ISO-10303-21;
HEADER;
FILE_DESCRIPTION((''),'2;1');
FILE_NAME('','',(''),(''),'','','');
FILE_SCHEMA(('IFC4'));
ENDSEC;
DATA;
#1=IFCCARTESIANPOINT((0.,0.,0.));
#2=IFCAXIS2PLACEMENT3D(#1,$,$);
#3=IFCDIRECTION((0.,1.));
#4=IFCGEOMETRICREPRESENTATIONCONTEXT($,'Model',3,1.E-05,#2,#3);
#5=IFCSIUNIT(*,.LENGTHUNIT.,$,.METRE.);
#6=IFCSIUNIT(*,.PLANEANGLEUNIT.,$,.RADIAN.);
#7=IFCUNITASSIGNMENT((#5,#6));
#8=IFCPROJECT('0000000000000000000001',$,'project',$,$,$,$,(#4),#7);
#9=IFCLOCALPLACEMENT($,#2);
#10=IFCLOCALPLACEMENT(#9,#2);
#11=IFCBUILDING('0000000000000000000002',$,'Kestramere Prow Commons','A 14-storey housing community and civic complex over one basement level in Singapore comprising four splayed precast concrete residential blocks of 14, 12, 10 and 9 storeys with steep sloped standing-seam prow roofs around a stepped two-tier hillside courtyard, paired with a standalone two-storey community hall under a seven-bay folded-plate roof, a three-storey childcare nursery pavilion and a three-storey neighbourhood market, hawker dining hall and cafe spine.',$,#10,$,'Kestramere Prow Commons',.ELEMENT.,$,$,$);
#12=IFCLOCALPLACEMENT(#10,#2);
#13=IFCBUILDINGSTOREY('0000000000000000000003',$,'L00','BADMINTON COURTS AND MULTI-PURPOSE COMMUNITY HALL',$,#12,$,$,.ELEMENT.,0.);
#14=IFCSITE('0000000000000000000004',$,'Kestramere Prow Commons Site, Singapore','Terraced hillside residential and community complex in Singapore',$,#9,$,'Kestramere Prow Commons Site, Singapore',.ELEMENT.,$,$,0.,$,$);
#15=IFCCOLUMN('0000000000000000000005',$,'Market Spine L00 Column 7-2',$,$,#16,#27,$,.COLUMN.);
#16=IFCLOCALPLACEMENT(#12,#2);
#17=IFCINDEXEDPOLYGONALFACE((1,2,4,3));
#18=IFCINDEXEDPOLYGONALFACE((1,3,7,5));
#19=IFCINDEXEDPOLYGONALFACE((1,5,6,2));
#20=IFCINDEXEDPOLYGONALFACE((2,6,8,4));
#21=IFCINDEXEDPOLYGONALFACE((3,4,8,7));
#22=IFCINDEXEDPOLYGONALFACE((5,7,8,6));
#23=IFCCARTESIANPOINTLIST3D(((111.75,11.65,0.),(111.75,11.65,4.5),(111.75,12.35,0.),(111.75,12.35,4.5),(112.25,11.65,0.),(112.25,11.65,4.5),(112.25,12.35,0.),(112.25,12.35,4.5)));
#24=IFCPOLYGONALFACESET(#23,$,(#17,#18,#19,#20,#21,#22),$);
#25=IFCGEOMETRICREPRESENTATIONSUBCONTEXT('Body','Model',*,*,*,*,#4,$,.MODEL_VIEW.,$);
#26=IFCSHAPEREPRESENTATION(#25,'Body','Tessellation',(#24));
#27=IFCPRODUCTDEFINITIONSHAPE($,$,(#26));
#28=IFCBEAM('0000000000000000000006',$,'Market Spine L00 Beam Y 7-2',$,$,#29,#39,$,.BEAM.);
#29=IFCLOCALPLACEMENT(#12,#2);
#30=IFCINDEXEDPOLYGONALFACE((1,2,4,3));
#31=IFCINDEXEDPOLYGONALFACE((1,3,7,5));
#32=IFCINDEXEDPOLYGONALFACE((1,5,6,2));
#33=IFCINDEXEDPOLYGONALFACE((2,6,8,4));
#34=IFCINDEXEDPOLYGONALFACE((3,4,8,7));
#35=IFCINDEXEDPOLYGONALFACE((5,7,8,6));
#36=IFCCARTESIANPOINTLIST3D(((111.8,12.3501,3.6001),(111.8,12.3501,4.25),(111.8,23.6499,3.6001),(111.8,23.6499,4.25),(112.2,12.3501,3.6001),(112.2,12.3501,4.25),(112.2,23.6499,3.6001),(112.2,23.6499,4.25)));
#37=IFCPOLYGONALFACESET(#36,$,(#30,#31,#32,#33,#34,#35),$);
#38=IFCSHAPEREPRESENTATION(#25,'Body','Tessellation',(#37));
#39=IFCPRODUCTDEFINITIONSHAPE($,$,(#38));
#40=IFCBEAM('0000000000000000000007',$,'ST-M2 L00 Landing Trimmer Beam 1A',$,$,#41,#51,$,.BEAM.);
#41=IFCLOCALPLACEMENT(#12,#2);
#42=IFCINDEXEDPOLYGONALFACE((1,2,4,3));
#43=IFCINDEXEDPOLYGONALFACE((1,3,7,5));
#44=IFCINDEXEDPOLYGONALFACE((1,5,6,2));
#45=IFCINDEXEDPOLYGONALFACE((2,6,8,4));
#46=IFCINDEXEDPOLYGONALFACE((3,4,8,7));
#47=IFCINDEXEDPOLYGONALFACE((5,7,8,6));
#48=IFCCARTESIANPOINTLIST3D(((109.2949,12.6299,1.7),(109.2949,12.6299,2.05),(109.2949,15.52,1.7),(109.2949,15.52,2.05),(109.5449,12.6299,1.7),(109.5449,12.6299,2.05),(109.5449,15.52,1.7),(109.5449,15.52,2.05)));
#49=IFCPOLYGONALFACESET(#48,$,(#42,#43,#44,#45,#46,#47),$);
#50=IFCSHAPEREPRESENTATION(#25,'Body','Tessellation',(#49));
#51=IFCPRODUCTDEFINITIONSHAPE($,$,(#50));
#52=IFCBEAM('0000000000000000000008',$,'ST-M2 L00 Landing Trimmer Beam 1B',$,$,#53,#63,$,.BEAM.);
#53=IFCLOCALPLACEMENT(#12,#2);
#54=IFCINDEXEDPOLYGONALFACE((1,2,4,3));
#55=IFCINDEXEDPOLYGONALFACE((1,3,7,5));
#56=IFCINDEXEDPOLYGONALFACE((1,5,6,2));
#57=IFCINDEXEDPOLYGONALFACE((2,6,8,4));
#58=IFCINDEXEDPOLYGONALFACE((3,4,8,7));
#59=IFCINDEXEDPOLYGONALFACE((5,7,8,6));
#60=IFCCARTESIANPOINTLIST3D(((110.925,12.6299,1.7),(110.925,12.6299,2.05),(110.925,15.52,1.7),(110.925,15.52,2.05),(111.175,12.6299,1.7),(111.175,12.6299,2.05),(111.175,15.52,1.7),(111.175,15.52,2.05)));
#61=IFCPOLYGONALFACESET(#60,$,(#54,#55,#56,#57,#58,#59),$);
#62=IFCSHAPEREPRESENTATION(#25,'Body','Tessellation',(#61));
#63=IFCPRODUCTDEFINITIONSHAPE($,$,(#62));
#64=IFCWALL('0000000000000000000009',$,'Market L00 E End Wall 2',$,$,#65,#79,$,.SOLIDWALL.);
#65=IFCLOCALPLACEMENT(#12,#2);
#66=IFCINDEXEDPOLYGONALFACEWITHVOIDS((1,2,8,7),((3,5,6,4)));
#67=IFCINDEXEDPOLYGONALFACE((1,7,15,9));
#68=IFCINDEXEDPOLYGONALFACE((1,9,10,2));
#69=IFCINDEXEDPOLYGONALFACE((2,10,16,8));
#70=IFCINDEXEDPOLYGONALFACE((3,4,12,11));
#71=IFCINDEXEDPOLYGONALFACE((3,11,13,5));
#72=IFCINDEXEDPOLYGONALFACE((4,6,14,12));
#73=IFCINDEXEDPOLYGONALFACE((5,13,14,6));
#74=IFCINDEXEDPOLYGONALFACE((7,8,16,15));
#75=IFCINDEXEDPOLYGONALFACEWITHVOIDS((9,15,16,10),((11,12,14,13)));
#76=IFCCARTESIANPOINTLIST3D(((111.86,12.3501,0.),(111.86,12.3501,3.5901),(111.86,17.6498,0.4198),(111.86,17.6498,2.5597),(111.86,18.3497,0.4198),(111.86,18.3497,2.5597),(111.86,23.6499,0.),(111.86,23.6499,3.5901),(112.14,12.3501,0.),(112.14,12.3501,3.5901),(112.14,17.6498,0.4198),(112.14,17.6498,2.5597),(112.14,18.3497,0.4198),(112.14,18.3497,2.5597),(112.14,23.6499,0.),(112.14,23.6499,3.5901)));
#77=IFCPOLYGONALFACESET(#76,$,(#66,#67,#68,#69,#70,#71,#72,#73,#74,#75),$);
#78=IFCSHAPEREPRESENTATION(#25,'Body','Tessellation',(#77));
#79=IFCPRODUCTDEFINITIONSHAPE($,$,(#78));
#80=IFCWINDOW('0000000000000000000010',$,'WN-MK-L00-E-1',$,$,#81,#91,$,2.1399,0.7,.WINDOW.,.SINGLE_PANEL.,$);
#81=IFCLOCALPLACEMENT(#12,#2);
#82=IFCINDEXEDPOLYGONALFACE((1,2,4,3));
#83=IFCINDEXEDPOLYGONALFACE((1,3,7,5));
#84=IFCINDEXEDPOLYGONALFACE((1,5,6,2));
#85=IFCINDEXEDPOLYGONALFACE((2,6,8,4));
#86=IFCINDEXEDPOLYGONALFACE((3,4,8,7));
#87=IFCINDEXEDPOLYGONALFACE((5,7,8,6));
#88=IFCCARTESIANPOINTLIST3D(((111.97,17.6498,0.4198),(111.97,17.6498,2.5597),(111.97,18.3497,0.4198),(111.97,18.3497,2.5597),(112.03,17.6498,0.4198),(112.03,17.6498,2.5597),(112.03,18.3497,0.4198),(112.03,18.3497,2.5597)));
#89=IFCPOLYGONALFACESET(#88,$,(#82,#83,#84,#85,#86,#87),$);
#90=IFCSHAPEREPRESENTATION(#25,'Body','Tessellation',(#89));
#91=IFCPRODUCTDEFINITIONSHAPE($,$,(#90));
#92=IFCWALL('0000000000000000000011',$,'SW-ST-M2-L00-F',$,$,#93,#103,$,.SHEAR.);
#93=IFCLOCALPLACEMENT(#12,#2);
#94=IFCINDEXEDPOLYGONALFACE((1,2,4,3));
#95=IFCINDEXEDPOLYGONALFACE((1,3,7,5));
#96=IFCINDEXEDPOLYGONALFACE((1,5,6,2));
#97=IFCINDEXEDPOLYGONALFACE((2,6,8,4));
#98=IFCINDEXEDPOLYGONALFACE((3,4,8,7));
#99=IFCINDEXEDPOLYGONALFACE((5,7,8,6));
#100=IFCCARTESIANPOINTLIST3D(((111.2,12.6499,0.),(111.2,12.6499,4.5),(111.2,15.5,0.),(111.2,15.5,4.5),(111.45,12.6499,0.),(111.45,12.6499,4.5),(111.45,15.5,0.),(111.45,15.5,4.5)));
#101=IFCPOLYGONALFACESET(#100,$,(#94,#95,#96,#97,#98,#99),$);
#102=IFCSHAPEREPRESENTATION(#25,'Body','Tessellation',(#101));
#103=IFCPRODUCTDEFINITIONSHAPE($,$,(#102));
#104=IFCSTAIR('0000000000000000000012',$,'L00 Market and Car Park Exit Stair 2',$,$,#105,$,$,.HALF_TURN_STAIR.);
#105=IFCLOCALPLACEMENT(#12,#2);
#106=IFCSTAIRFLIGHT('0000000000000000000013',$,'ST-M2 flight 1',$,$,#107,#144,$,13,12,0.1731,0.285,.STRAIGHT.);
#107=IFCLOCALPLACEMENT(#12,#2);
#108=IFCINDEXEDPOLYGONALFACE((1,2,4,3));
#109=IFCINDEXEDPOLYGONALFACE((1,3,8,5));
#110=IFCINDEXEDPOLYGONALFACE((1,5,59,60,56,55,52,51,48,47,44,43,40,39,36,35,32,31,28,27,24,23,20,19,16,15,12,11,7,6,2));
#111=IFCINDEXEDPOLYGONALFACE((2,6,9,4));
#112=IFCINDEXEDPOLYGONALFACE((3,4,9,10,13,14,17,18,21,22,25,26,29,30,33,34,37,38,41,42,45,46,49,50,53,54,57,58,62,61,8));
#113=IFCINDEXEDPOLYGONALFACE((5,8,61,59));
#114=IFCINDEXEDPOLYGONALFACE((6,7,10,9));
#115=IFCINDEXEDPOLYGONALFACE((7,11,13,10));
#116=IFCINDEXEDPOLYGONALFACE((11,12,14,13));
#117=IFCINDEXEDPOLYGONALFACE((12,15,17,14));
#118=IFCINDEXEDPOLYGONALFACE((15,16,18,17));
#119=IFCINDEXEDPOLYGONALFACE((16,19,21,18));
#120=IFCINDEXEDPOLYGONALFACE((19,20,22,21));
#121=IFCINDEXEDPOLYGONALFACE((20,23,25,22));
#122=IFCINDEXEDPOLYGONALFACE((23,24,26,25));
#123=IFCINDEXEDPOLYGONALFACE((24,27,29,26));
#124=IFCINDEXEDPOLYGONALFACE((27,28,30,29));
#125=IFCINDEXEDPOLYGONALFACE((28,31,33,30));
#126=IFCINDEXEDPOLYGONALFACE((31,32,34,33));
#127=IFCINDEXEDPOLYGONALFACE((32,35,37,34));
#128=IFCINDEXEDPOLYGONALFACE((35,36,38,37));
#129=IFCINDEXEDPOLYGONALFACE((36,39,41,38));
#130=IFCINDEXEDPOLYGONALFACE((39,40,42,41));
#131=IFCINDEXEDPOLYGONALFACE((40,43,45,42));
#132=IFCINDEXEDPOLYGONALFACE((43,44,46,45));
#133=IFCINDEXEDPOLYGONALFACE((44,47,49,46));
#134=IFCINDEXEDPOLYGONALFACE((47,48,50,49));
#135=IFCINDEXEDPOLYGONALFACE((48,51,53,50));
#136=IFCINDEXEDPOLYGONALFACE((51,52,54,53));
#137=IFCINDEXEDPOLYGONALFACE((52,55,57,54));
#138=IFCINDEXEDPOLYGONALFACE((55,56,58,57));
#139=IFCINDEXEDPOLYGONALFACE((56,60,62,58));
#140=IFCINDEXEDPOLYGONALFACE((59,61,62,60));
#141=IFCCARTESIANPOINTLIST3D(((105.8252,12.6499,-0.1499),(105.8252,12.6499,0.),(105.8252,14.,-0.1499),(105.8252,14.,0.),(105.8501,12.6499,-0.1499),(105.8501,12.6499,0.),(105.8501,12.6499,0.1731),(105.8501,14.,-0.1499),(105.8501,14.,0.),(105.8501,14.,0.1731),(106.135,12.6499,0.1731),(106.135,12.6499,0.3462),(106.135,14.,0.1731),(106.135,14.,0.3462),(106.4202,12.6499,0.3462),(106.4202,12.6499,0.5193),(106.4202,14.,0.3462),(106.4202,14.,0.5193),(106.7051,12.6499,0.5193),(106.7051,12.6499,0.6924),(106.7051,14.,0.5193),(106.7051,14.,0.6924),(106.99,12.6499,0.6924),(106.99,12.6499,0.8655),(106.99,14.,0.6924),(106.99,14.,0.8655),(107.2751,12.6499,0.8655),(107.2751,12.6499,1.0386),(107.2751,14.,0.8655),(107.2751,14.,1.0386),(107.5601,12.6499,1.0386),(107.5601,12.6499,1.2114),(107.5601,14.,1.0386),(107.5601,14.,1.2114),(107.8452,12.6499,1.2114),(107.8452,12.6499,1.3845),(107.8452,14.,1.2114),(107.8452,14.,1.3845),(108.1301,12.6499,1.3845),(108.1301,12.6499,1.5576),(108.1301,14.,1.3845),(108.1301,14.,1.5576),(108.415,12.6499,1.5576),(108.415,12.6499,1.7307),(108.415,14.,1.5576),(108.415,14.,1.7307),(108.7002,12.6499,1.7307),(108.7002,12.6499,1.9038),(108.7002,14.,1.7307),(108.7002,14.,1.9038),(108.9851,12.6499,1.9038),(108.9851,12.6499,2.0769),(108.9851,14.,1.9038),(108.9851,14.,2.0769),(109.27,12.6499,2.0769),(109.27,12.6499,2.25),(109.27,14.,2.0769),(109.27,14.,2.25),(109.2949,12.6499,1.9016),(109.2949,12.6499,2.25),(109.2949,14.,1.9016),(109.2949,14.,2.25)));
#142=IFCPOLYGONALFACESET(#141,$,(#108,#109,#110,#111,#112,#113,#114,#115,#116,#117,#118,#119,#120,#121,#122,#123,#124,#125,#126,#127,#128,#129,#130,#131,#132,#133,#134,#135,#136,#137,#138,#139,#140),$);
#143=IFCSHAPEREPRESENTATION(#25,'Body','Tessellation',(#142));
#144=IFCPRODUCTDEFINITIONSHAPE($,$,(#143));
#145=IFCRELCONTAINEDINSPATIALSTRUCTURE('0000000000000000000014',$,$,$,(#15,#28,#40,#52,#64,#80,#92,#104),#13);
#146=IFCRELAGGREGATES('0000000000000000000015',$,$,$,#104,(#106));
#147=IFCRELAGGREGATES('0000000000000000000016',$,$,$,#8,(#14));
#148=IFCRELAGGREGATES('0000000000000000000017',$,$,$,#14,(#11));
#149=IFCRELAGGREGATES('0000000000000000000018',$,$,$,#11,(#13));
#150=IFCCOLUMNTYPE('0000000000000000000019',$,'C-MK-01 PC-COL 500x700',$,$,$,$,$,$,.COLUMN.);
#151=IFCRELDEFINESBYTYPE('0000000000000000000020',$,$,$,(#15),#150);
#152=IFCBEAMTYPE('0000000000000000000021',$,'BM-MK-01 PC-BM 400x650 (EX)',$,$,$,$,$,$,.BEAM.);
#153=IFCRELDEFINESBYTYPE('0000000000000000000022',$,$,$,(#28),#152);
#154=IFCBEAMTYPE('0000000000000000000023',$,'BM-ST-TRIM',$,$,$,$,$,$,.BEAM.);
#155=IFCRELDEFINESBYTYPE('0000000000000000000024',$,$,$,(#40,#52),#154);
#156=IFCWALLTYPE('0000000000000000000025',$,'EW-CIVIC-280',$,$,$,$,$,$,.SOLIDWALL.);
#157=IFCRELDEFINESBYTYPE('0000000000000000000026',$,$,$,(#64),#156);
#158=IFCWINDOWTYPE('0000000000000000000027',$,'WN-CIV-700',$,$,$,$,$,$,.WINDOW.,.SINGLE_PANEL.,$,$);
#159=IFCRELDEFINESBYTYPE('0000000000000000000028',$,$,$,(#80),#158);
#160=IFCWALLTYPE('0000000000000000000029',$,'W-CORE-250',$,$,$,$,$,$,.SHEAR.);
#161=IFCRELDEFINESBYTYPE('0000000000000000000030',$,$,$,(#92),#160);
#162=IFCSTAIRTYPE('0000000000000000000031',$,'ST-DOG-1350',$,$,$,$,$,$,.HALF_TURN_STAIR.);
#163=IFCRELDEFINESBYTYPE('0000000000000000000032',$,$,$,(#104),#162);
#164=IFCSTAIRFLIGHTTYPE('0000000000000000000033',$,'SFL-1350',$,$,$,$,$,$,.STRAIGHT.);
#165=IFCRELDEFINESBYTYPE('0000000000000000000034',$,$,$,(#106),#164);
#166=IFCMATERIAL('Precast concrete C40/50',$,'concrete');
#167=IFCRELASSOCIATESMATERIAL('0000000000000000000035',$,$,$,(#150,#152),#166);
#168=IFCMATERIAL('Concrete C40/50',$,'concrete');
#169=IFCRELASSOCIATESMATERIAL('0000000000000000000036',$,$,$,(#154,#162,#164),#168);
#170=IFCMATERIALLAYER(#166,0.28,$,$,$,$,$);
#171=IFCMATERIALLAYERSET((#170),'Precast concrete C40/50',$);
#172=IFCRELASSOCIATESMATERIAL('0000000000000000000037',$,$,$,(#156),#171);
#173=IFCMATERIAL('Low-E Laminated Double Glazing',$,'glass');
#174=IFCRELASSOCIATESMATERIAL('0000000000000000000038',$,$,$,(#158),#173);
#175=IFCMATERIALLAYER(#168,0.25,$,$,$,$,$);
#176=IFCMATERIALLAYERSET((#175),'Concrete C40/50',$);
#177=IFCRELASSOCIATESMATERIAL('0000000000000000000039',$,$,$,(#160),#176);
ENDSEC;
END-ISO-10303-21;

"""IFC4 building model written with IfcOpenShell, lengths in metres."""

from ifc_helpers import new_model, si_unit, direction, frame, frame_2d, origin, origin_2d, place, context, subcontext, project, spatial, polyline, rectangle, outline, extrude, material, layer, layer_set, material_profile, profile_set, type_object, element, fill, aggregate, save


model = new_model("IFC4")

# Units and contexts
model_context = context("Model", 3, precision=1e-05, world=origin(), true_north=direction((0.0, 1.0)))
body_context = subcontext(model_context, "Body", "Model", "MODEL_VIEW")
ifc_project = project(units=[si_unit("LENGTHUNIT", "METRE"), si_unit("PLANEANGLEUNIT", "RADIAN")], contexts=[model_context])

# Site, building, storey
site_placement = place(None, origin())
site = spatial("IfcSite", under=ifc_project, at=site_placement, Name="Kestramere Prow Commons Site, Singapore", Description="Terraced hillside residential and community complex in Singapore", LongName="Kestramere Prow Commons Site, Singapore", CompositionType="ELEMENT", RefElevation=0.0)
building_placement = place(site_placement, origin())
building = spatial("IfcBuilding", under=site, at=building_placement, Name="Kestramere Prow Commons", Description="A 14-storey housing community and civic complex over one basement level in Singapore comprising four splayed precast concrete residential blocks of 14, 12, 10 and 9 storeys with steep sloped standing-seam prow roofs around a stepped two-tier hillside courtyard, paired with a standalone two-storey community hall under a seven-bay folded-plate roof, a three-storey childcare nursery pavilion and a three-storey neighbourhood market, hawker dining hall and cafe spine.", LongName="Kestramere Prow Commons", CompositionType="ELEMENT")
storey_placement = place(building_placement, origin())
storey = spatial("IfcBuildingStorey", under=building, at=storey_placement, Name="L00", Description="BADMINTON COURTS AND MULTI-PURPOSE COMMUNITY HALL", CompositionType="ELEMENT", Elevation=0.0)

# Column
ifc_material_1 = material(Name="Precast concrete C40/50", Category="concrete")
ifc_material_profile_1 = material_profile(ifc_material_1, rectangle(XDim=0.5, YDim=0.7, at=origin_2d()), Name="PC-COL 500x700")
ifc_profile_set_1 = profile_set([ifc_material_profile_1], Name="Precast concrete C40/50")
column_type = type_object("IfcColumnType", Name="C-MK-01 PC-COL 500x700", PredefinedType="COLUMN", material=ifc_profile_set_1)
column_placement = place(storey_placement, frame((112.0, 12.0, 0.0), z_axis=(0.0, 0.0, 1.0), x_axis=(1.0, 0.0, 0.0)))
element("IfcColumn", 1, at=column_placement, inside=storey, type_object=column_type, Name="Market Spine L00 Column 7-2", PredefinedType="COLUMN", context=body_context, shape_type="SweptSolid", body=[
    extrude(rectangle(XDim=0.5, YDim=0.7, at=origin_2d()), origin(), (0.0, 0.0, 1.0), 4.5),
])

# Beams
ifc_material_profile_2 = material_profile(ifc_material_1, rectangle(XDim=0.3999, YDim=0.6499, at=origin_2d()), Name="PC-BM 400x650")
ifc_profile_set_2 = profile_set([ifc_material_profile_2], Name="Precast concrete C40/50")
beam_type_1 = type_object("IfcBeamType", Name="BM-MK-01 PC-BM 400x650 (EX)", PredefinedType="BEAM", material=ifc_profile_set_2)
beam_placement = place(storey_placement, frame((112.0, 12.3501, 3.925), z_axis=(0.0, 1.0, 0.0), x_axis=(-1.0, 0.0, 0.0)))
element("IfcBeam", 2, at=beam_placement, inside=storey, type_object=beam_type_1, Name="Market Spine L00 Beam Y 7-2", PredefinedType="BEAM", context=body_context, shape_type="SweptSolid", body=[
    extrude(rectangle(XDim=0.3999, YDim=0.6499, at=origin_2d()), origin(), (0.0, 0.0, 1.0), 11.2998),
])
ifc_material_2 = material(Name="Concrete C40/50", Category="concrete")
ifc_material_profile_3 = material_profile(ifc_material_2, rectangle(XDim=0.25, YDim=0.3501, at=origin_2d()), Name="PC-BM 250x350")
ifc_profile_set_3 = profile_set([ifc_material_profile_3], Name="Concrete C40/50")
beam_type_2 = type_object("IfcBeamType", Name="BM-ST-TRIM", PredefinedType="BEAM", material=ifc_profile_set_3)
for number, where, z_axis, x_axis, name in (
    (3, (109.4199, 12.6299, 1.875), (0.0, 1.0, 0.0), (-1.0, 0.0, 0.0), "ST-M2 L00 Landing Trimmer Beam 1A"),
    (4, (111.05, 12.6299, 1.875), (0.0, 1.0, 0.0), (-1.0, 0.0, 0.0), "ST-M2 L00 Landing Trimmer Beam 1B"),
):
    element("IfcBeam", number, at=place(storey_placement, frame(where, z_axis=z_axis, x_axis=x_axis)), inside=storey, type_object=beam_type_2, Name=name, PredefinedType="BEAM", context=body_context, shape_type="SweptSolid", body=[
        extrude(rectangle(XDim=0.25, YDim=0.3501, at=origin_2d()), origin(), (0.0, 0.0, 1.0), 2.8901),
    ])

# Wall, opening, window
ifc_layer_1 = layer(ifc_material_1, 0.28)
ifc_layer_set_1 = layer_set([ifc_layer_1], Name="Precast concrete C40/50")
wall_type_1 = type_object("IfcWallType", Name="EW-CIVIC-280", PredefinedType="SOLIDWALL", material=ifc_layer_set_1)
wall_1_placement = place(storey_placement, frame((112.0, 23.6499, 0.0), z_axis=(0.0, 0.0, 1.0), x_axis=(0.0, -1.0, 0.0)))
wall_1 = element("IfcWall", 5, at=wall_1_placement, inside=storey, type_object=wall_type_1, Name="Market L00 E End Wall 2", PredefinedType="SOLIDWALL", context=body_context, shape_type="SweptSolid", body=[
    extrude(rectangle(XDim=11.2998, YDim=0.28, at=frame_2d((5.6499, 0.0))), origin(), (0.0, 0.0, 1.0), 3.5901),
])
opening_placement = place(wall_1_placement, frame((5.3, 0.0, 0.4199)))
opening = element("IfcOpeningElement", 6, at=opening_placement, cuts=wall_1, PredefinedType="OPENING", context=body_context, shape_type="SweptSolid", body=[
    extrude(rectangle(XDim=0.7, YDim=2.1399, at=frame_2d((0.3501, 1.0698))), frame((0.0, 0.155, 0.0), z_axis=(0.0, -1.0, 0.0), x_axis=(1.0, 0.0, 0.0)), (0.0, 0.0, 1.0), 0.3101),
])
ifc_material_3 = material(Name="Low-E Laminated Double Glazing", Category="glass")
window_type = type_object("IfcWindowType", Name="WN-CIV-700", PartitioningType="SINGLE_PANEL", PredefinedType="WINDOW", material=ifc_material_3)
window_placement = place(opening_placement, origin())
window = element("IfcWindow", 7, at=window_placement, inside=storey, type_object=window_type, Name="WN-MK-L00-E-1", OverallHeight=2.1399, OverallWidth=0.7, PartitioningType="SINGLE_PANEL", PredefinedType="WINDOW", context=body_context, shape_type="SweptSolid", body=[
    extrude(rectangle(XDim=0.7, YDim=2.1399, at=frame_2d((0.3501, 1.0698))), frame((0.0, 0.03, 0.0), z_axis=(0.0, -1.0, 0.0), x_axis=(1.0, 0.0, 0.0)), (0.0, 0.0, 1.0), 0.0601),
])
fill(opening, window)

# Wall
ifc_layer_2 = layer(ifc_material_2, 0.25)
ifc_layer_set_2 = layer_set([ifc_layer_2], Name="Concrete C40/50")
wall_type_2 = type_object("IfcWallType", Name="W-CORE-250", PredefinedType="SHEAR", material=ifc_layer_set_2)
wall_2_placement = place(storey_placement, frame((111.325, 12.6499, 0.0), z_axis=(0.0, 0.0, 1.0), x_axis=(0.0, 1.0, 0.0)))
element("IfcWall", 8, at=wall_2_placement, inside=storey, type_object=wall_type_2, Name="SW-ST-M2-L00-F", PredefinedType="SHEAR", context=body_context, shape_type="SweptSolid", body=[
    extrude(rectangle(XDim=2.8501, YDim=0.25, at=frame_2d((1.425, 0.0))), origin(), (0.0, 0.0, 1.0), 4.5),
])

# Stair, stair flight
stair_type = type_object("IfcStairType", Name="ST-DOG-1350", PredefinedType="HALF_TURN_STAIR", material=ifc_material_2)
stair_placement = place(storey_placement, origin())
stair = element("IfcStair", 9, at=stair_placement, inside=storey, type_object=stair_type, Name="L00 Market and Car Park Exit Stair 2", PredefinedType="HALF_TURN_STAIR")
stair_flight_type = type_object("IfcStairFlightType", Name="SFL-1350", PredefinedType="STRAIGHT", material=ifc_material_2)
stair_flight_1_placement = place(storey_placement, frame((105.8501, 13.325, 0.0), z_axis=(0.0, 0.0, 1.0), x_axis=(1.0, 0.0, 0.0)))
stair_flight_1 = element("IfcStairFlight", 10, at=stair_flight_1_placement, type_object=stair_flight_type, Name="ST-M2 flight 1", NumberOfRisers=13, NumberOfTreads=12, PredefinedType="STRAIGHT", RiserHeight=0.1731, TreadLength=0.285, context=body_context, shape_type="SweptSolid", body=[
    extrude(outline(polyline([(-0.0249, 0.0), (0.0, 0.0), (0.0, 0.1731), (0.2849, 0.1731), (0.2849, 0.3462), (0.5701, 0.3462), (0.5701, 0.5193), (0.855, 0.5193), (0.855, 0.6924), (1.1399, 0.6924), (1.1399, 0.8655), (1.425, 0.8655), (1.425, 1.0386), (1.71, 1.0386), (1.71, 1.2114), (1.9951, 1.2114), (1.9951, 1.3845), (2.28, 1.3845), (2.28, 1.5576), (2.5649, 1.5576), (2.5649, 1.7307), (2.8501, 1.7307), (2.8501, 1.9038), (3.135, 1.9038), (3.135, 2.0769), (3.4199, 2.0769), (3.4199, 2.25), (3.4448, 2.25), (3.4448, 1.9016), (0.0, -0.1499), (-0.0249, -0.1499), (-0.0249, 0.0)])), frame((0.0, 0.675, 0.0), z_axis=(0.0, -1.0, 0.0), x_axis=(1.0, 0.0, 0.0)), (0.0, 0.0, 1.0), 1.3501),
])
aggregate(stair, [stair_flight_1])

save(model, "model.ifc")
